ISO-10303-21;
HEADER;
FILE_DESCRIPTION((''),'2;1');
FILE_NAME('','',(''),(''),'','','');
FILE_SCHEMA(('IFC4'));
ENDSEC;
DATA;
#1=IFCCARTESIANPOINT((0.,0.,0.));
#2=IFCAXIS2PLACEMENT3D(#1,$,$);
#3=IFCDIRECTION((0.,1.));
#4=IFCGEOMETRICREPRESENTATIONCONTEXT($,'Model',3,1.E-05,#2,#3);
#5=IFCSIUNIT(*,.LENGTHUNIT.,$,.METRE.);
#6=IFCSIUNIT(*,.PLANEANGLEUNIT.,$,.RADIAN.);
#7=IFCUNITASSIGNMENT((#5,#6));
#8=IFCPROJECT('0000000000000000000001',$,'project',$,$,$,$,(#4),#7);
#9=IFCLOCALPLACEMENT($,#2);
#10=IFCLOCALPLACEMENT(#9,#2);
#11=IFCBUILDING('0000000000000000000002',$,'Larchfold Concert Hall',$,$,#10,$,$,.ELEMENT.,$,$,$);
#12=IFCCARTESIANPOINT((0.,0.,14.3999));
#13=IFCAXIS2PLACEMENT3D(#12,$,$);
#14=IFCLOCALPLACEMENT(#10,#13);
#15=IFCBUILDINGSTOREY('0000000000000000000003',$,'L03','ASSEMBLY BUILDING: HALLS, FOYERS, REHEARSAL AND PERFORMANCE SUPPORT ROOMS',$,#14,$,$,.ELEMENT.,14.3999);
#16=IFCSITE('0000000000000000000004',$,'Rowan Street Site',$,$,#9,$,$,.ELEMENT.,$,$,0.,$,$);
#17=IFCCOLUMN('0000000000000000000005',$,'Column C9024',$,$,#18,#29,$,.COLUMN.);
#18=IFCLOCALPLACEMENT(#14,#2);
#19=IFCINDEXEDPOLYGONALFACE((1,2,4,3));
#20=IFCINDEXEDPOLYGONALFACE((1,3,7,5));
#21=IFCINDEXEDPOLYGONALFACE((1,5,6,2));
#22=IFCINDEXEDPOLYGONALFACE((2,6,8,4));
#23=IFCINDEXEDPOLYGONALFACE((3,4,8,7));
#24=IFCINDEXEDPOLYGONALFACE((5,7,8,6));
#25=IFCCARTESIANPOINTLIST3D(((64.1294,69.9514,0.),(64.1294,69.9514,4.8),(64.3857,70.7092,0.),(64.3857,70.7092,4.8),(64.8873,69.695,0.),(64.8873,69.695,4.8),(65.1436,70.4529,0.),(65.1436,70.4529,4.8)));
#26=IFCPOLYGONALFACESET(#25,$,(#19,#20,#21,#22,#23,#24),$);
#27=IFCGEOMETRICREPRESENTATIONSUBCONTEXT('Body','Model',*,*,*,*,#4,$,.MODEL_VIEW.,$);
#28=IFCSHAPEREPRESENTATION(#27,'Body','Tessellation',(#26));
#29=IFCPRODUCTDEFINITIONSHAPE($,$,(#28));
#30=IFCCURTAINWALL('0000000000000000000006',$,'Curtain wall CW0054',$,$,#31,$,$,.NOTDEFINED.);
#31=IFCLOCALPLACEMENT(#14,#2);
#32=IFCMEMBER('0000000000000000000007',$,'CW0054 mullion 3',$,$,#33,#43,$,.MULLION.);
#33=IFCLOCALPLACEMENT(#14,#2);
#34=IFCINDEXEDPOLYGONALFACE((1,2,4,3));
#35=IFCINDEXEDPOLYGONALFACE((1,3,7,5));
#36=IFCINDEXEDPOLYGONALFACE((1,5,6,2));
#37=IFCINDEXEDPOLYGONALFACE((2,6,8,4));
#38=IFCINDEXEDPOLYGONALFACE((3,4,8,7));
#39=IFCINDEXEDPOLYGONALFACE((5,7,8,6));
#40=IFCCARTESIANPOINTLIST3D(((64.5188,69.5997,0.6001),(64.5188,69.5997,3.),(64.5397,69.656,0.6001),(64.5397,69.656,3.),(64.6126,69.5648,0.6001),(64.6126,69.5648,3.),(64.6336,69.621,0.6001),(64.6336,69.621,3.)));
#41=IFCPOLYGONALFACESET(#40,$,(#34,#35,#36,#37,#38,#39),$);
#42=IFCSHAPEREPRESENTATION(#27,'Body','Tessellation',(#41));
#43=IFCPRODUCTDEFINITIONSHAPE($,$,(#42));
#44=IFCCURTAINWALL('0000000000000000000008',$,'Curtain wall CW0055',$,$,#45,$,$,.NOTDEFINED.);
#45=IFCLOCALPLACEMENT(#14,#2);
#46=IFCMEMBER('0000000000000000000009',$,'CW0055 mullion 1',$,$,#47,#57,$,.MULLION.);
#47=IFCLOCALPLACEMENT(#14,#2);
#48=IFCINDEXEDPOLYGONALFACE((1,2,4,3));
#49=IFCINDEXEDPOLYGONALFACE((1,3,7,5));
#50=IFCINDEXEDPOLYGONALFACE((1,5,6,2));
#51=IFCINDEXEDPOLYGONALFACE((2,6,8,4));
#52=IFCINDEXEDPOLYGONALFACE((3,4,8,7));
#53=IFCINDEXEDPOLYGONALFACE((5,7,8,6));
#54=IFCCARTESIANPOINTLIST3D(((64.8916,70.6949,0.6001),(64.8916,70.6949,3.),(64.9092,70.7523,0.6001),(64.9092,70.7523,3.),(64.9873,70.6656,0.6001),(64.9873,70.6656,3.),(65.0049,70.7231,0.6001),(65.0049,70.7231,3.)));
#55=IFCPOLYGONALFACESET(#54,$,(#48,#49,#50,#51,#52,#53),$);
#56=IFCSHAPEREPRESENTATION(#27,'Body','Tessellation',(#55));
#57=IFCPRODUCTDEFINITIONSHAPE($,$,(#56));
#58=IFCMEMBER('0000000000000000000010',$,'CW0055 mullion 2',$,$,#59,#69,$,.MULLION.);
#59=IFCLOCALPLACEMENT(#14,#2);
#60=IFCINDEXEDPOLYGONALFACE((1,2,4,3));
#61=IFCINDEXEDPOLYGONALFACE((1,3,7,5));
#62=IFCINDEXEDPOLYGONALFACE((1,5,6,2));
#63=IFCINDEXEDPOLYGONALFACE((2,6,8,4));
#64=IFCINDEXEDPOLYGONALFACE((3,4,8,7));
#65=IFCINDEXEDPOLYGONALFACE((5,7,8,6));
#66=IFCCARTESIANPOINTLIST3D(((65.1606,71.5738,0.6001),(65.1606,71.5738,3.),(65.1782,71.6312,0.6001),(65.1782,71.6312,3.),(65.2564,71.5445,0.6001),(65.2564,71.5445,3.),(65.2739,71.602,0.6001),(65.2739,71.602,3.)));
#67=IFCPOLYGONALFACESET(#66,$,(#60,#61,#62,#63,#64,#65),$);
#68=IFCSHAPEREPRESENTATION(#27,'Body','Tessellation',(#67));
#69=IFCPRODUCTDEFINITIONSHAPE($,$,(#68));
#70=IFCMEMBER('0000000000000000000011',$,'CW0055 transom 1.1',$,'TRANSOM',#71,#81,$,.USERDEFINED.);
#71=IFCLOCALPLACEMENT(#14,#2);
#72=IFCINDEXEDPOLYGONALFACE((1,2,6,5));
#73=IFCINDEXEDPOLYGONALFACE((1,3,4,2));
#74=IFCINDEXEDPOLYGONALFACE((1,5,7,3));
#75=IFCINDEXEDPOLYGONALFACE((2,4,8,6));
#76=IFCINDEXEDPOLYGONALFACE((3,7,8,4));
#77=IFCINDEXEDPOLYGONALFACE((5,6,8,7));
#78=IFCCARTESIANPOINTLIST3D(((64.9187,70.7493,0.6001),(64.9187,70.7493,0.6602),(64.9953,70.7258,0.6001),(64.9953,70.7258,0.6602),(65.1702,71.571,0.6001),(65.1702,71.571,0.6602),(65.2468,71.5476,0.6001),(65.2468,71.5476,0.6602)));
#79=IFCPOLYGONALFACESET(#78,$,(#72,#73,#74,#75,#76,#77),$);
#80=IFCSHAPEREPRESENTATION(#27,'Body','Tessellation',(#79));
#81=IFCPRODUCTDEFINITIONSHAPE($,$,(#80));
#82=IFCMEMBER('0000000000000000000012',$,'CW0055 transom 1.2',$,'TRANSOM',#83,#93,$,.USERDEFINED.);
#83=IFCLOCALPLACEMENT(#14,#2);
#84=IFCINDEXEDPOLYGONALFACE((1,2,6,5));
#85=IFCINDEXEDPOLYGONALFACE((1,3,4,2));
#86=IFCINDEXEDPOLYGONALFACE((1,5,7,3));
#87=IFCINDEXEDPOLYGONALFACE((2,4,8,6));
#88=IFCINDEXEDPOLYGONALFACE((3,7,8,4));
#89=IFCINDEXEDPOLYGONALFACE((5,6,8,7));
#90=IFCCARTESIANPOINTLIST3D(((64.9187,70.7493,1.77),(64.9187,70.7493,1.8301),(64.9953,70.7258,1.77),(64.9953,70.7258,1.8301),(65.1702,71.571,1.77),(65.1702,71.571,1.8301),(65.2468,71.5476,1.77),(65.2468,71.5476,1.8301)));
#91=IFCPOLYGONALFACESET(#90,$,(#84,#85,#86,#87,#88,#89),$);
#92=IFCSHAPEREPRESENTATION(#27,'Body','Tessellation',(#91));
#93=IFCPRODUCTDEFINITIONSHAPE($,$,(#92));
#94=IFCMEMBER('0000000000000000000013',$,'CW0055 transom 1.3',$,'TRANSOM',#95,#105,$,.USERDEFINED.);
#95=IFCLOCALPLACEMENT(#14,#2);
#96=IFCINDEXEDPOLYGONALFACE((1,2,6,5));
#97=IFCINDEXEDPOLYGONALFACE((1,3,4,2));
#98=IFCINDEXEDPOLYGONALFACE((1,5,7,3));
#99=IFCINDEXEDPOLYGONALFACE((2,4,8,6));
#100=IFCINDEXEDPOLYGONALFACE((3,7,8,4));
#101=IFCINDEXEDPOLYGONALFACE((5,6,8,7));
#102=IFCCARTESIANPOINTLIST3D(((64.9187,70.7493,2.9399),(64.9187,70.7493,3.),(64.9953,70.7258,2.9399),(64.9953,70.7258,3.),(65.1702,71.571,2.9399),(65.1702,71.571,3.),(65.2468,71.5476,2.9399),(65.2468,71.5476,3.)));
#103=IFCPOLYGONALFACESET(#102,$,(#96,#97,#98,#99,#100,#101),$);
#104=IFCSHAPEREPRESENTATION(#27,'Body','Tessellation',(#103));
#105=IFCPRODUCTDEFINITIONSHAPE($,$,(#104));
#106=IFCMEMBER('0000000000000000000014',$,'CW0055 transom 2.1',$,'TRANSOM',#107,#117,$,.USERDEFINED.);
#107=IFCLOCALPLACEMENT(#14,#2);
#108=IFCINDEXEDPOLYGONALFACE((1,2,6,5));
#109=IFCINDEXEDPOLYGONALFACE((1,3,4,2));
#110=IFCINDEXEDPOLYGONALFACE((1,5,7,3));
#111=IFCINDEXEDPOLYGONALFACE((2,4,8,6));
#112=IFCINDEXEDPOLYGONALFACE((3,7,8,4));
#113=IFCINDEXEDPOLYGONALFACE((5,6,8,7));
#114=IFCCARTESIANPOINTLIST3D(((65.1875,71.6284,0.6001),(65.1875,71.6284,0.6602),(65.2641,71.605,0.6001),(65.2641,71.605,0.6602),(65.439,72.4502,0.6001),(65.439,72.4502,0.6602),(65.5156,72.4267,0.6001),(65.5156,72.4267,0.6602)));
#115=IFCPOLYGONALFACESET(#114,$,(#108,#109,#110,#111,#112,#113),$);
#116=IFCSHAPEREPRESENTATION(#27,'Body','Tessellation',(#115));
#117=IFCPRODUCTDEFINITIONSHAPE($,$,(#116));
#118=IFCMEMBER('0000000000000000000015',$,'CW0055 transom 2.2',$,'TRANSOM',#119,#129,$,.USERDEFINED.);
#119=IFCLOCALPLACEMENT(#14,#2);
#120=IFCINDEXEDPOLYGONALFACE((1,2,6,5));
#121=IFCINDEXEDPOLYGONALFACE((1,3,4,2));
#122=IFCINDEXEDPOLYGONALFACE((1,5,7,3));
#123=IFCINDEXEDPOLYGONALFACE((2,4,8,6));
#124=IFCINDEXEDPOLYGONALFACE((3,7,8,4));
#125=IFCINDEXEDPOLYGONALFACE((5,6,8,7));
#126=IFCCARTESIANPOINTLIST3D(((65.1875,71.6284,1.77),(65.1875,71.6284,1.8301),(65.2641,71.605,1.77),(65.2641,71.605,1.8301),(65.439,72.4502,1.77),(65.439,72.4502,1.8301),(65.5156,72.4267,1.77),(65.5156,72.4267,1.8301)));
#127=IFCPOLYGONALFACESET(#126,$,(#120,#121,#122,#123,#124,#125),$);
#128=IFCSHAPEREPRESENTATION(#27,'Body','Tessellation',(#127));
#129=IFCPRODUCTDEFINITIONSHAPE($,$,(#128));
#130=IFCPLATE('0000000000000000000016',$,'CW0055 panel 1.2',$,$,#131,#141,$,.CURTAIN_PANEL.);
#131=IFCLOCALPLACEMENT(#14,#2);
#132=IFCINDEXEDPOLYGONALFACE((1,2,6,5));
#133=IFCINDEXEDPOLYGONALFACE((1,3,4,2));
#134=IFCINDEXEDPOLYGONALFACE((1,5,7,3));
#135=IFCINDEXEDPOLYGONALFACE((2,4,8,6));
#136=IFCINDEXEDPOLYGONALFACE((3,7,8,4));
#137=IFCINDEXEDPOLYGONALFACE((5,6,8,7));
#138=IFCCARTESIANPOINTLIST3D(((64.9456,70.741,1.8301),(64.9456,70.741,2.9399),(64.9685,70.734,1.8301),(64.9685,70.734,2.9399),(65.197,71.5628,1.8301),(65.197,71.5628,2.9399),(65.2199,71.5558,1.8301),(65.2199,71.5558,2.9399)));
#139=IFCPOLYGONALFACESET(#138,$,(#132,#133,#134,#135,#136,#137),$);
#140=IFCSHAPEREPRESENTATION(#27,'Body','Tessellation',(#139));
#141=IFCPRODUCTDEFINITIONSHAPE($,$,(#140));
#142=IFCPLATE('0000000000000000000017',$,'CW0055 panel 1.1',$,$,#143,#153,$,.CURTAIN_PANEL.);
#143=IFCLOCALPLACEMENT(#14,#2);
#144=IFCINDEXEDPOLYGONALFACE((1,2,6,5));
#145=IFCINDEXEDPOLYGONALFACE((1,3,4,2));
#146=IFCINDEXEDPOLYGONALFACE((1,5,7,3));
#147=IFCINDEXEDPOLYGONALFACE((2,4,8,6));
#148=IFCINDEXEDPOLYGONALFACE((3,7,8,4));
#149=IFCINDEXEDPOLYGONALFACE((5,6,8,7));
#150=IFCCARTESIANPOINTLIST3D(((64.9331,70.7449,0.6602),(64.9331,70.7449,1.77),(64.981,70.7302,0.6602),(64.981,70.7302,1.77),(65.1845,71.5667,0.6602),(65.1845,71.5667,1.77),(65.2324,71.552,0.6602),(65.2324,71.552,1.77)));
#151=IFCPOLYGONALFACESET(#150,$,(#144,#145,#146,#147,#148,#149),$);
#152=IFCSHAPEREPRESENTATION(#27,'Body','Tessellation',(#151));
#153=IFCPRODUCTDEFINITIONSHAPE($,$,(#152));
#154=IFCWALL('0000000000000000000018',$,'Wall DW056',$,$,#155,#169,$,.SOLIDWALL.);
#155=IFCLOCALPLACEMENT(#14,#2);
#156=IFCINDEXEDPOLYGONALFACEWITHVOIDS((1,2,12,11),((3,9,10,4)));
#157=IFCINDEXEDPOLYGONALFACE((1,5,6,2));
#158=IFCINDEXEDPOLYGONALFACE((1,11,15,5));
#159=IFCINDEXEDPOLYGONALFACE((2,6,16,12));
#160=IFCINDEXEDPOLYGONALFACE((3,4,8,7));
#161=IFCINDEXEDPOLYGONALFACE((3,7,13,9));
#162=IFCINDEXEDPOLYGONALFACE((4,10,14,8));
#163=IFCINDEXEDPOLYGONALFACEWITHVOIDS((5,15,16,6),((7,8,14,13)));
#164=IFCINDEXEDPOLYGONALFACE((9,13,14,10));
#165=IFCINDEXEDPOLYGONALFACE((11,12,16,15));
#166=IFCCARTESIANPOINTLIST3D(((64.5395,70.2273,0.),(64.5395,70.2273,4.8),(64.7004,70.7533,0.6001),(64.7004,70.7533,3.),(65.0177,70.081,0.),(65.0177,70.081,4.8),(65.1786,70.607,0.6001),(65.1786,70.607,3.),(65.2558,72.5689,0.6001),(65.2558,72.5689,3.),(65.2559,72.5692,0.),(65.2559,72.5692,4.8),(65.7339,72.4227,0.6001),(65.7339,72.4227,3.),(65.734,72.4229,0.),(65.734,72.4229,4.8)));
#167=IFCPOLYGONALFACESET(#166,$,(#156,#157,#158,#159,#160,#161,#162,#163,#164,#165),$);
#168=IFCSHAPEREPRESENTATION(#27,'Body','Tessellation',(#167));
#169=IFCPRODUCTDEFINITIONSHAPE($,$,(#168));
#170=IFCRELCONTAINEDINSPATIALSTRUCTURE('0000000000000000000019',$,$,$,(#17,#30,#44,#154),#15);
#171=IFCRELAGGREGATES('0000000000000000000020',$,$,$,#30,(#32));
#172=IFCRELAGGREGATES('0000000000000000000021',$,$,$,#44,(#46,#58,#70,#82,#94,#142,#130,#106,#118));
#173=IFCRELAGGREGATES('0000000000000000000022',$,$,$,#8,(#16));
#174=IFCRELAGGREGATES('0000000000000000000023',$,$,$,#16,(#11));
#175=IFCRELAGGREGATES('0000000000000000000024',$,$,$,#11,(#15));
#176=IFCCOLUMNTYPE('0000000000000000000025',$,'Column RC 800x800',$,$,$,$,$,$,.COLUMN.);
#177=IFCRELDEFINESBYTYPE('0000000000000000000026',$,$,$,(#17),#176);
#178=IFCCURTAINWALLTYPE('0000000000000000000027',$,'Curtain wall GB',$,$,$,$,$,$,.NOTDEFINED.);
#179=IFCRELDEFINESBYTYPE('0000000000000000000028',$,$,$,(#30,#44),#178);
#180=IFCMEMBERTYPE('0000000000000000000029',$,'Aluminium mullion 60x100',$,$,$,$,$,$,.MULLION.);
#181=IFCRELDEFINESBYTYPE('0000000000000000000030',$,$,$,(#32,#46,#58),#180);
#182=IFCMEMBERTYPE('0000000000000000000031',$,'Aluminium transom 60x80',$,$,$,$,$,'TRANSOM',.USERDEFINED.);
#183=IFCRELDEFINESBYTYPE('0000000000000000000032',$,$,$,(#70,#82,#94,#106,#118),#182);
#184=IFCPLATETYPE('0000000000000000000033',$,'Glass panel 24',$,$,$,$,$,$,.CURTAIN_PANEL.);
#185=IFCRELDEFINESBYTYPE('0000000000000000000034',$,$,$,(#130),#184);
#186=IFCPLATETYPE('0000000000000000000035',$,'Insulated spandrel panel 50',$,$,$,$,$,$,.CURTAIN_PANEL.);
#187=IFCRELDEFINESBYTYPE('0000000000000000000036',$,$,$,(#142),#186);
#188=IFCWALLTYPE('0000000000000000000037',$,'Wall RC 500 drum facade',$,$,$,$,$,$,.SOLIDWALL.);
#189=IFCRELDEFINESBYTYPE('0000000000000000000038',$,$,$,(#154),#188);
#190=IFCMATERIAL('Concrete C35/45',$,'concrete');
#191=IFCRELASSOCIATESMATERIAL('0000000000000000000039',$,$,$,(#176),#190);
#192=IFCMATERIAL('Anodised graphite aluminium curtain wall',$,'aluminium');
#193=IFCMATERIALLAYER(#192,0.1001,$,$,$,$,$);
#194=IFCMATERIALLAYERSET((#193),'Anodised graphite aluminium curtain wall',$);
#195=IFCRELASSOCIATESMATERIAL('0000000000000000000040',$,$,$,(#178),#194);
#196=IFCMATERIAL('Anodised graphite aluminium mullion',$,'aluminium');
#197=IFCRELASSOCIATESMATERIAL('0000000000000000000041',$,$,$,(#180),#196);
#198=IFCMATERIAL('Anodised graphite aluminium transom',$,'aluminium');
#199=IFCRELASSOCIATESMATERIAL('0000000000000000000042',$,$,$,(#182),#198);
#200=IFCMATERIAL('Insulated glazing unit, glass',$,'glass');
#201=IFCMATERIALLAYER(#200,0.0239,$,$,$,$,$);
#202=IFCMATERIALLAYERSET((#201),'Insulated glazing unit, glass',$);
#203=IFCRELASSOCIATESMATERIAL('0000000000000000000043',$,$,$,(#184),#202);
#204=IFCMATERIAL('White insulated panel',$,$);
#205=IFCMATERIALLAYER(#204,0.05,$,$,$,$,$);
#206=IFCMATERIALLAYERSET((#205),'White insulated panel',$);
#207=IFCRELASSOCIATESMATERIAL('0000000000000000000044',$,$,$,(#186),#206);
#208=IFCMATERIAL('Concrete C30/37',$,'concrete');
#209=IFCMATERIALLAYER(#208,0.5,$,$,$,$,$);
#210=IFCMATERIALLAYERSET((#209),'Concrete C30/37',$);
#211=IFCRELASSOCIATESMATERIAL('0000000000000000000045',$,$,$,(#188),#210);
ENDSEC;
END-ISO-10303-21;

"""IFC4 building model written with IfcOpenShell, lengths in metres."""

from ifc_helpers import new_model, si_unit, direction, frame, frame_2d, origin, origin_2d, place, context, subcontext, project, spatial, rectangle, extrude, material, layer, layer_set, material_profile, profile_set, type_object, element, fill, aggregate, save


model = new_model("IFC4")

# Units and contexts
model_context = context("Model", 3, precision=1e-05, world=origin(), true_north=direction((0.0, 1.0)))
body_context = subcontext(model_context, "Body", "Model", "MODEL_VIEW")
ifc_project = project(units=[si_unit("LENGTHUNIT", "METRE"), si_unit("PLANEANGLEUNIT", "RADIAN")], contexts=[model_context])

# Site, building, storey
site_placement = place(None, origin())
site = spatial("IfcSite", under=ifc_project, at=site_placement, Name="Rowan Street Site", CompositionType="ELEMENT", RefElevation=0.0)
building_placement = place(site_placement, origin())
building = spatial("IfcBuilding", under=site, at=building_placement, Name="Larchfold Concert Hall", CompositionType="ELEMENT")
storey_placement = place(building_placement, frame((0.0, 0.0, 14.3999)))
storey = spatial("IfcBuildingStorey", under=building, at=storey_placement, Name="L03", Description="ASSEMBLY BUILDING: HALLS, FOYERS, REHEARSAL AND PERFORMANCE SUPPORT ROOMS", CompositionType="ELEMENT", Elevation=14.3999)

# Column
ifc_material_1 = material(Name="Concrete C35/45", Category="concrete")
ifc_material_profile_1 = material_profile(ifc_material_1, rectangle(XDim=0.8, YDim=0.8, at=origin_2d()))
ifc_profile_set_1 = profile_set([ifc_material_profile_1], Name="Concrete C35/45")
column_type = type_object("IfcColumnType", Name="Column RC 800x800", PredefinedType="COLUMN", material=ifc_profile_set_1)
column_placement = place(storey_placement, frame((64.6365, 70.2021, 0.0), z_axis=(0.0, 0.0, 1.0), x_axis=(0.320383, 0.947288, 0.0)))
element("IfcColumn", 1, at=column_placement, inside=storey, type_object=column_type, Name="Column C9024", PredefinedType="COLUMN", context=body_context, shape_type="SweptSolid", body=[
    extrude(rectangle(XDim=0.8, YDim=0.8, at=origin_2d()), origin(), (0.0, 0.0, 1.0), 4.8),
])

# Curtain wall, member
ifc_material_2 = material(Name="Anodised graphite aluminium curtain wall", Category="aluminium")
ifc_layer_1 = layer(ifc_material_2, 0.1001)
ifc_layer_set_1 = layer_set([ifc_layer_1], Name="Anodised graphite aluminium curtain wall")
curtain_wall_type = type_object("IfcCurtainWallType", Name="Curtain wall GB", PredefinedType="NOTDEFINED", material=ifc_layer_set_1)
curtain_wall_1_placement = place(storey_placement, origin())
curtain_wall_1 = element("IfcCurtainWall", 2, at=curtain_wall_1_placement, inside=storey, type_object=curtain_wall_type, Name="Curtain wall CW0054", PredefinedType="NOTDEFINED")
ifc_material_3 = material(Name="Anodised graphite aluminium mullion", Category="aluminium")
ifc_material_profile_2 = material_profile(ifc_material_3, rectangle(XDim=0.1001, YDim=0.0601, at=origin_2d()))
ifc_profile_set_2 = profile_set([ifc_material_profile_2], Name="Anodised graphite aluminium mullion")
member_type_1 = type_object("IfcMemberType", Name="Aluminium mullion 60x100", PredefinedType="MULLION", material=ifc_profile_set_2)
member_1_placement = place(storey_placement, frame((64.5762, 69.6104, 0.6001), z_axis=(0.0, 0.0, 1.0), x_axis=(-0.937188, 0.348826, 0.0)))
member_1 = element("IfcMember", 3, at=member_1_placement, type_object=member_type_1, Name="CW0054 mullion 3", PredefinedType="MULLION", context=body_context, shape_type="SweptSolid", body=[
    extrude(rectangle(XDim=0.1001, YDim=0.0601, at=origin_2d()), origin(), (0.0, 0.0, 1.0), 2.3999),
])

# Curtain wall, members
curtain_wall_2_placement = place(storey_placement, origin())
curtain_wall_2 = element("IfcCurtainWall", 4, at=curtain_wall_2_placement, inside=storey, type_object=curtain_wall_type, Name="Curtain wall CW0055", PredefinedType="NOTDEFINED")
member_2_placement = place(storey_placement, frame((64.9482, 70.709, 0.6001), z_axis=(0.0, 0.0, 1.0), x_axis=(-0.956259, 0.292522, 0.0)))
member_2 = element("IfcMember", 5, at=member_2_placement, type_object=member_type_1, Name="CW0055 mullion 1", PredefinedType="MULLION", context=body_context, shape_type="SweptSolid", body=[
    extrude(rectangle(XDim=0.1001, YDim=0.0601, at=origin_2d()), origin(), (0.0, 0.0, 1.0), 2.3999),
])
member_3_placement = place(storey_placement, frame((65.2173, 71.5879, 0.6001), z_axis=(0.0, 0.0, 1.0), x_axis=(-0.956259, 0.292522, 0.0)))
member_3 = element("IfcMember", 6, at=member_3_placement, type_object=member_type_1, Name="CW0055 mullion 2", PredefinedType="MULLION", context=body_context, shape_type="SweptSolid", body=[
    extrude(rectangle(XDim=0.1001, YDim=0.0601, at=origin_2d()), origin(), (0.0, 0.0, 1.0), 2.3999),
])

# Members
ifc_material_4 = material(Name="Anodised graphite aluminium transom", Category="aluminium")
ifc_material_profile_3 = material_profile(ifc_material_4, rectangle(XDim=0.0801, YDim=0.0601, at=origin_2d()))
ifc_profile_set_3 = profile_set([ifc_material_profile_3], Name="Anodised graphite aluminium transom")
member_type_2 = type_object("IfcMemberType", Name="Aluminium transom 60x80", ElementType="TRANSOM", PredefinedType="USERDEFINED", material=ifc_profile_set_3)
member_4_placement = place(storey_placement, frame((64.957, 70.7375, 0.6301), z_axis=(0.292608, 0.956232, 0.0), x_axis=(-0.956232, 0.292608, 0.0)))
member_4 = element("IfcMember", 7, at=member_4_placement, type_object=member_type_2, Name="CW0055 transom 1.1", ObjectType="TRANSOM", PredefinedType="USERDEFINED", context=body_context, shape_type="SweptSolid", body=[
    extrude(rectangle(XDim=0.0801, YDim=0.0601, at=origin_2d()), origin(), (0.0, 0.0, 1.0), 0.8594),
])
member_5_placement = place(storey_placement, frame((64.957, 70.7375, 1.8), z_axis=(0.292608, 0.956232, 0.0), x_axis=(-0.956232, 0.292608, 0.0)))
member_5 = element("IfcMember", 8, at=member_5_placement, type_object=member_type_2, Name="CW0055 transom 1.2", ObjectType="TRANSOM", PredefinedType="USERDEFINED", context=body_context, shape_type="SweptSolid", body=[
    extrude(rectangle(XDim=0.0801, YDim=0.0601, at=origin_2d()), origin(), (0.0, 0.0, 1.0), 0.8594),
])
member_6_placement = place(storey_placement, frame((64.957, 70.7375, 2.97), z_axis=(0.292608, 0.956232, 0.0), x_axis=(-0.956232, 0.292608, 0.0)))
member_6 = element("IfcMember", 9, at=member_6_placement, type_object=member_type_2, Name="CW0055 transom 1.3", ObjectType="TRANSOM", PredefinedType="USERDEFINED", context=body_context, shape_type="SweptSolid", body=[
    extrude(rectangle(XDim=0.0801, YDim=0.0601, at=origin_2d()), origin(), (0.0, 0.0, 1.0), 0.8594),
])
member_7_placement = place(storey_placement, frame((65.2258, 71.6167, 0.6301), z_axis=(0.292608, 0.956232, 0.0), x_axis=(-0.956232, 0.292608, 0.0)))
member_7 = element("IfcMember", 10, at=member_7_placement, type_object=member_type_2, Name="CW0055 transom 2.1", ObjectType="TRANSOM", PredefinedType="USERDEFINED", context=body_context, shape_type="SweptSolid", body=[
    extrude(rectangle(XDim=0.0801, YDim=0.0601, at=origin_2d()), origin(), (0.0, 0.0, 1.0), 0.8594),
])
member_8_placement = place(storey_placement, frame((65.2258, 71.6167, 1.8), z_axis=(0.292608, 0.956232, 0.0), x_axis=(-0.956232, 0.292608, 0.0)))
member_8 = element("IfcMember", 11, at=member_8_placement, type_object=member_type_2, Name="CW0055 transom 2.2", ObjectType="TRANSOM", PredefinedType="USERDEFINED", context=body_context, shape_type="SweptSolid", body=[
    extrude(rectangle(XDim=0.0801, YDim=0.0601, at=origin_2d()), origin(), (0.0, 0.0, 1.0), 0.8594),
])

# Plates
ifc_material_5 = material(Name="Insulated glazing unit, glass", Category="glass")
ifc_layer_2 = layer(ifc_material_5, 0.0239)
ifc_layer_set_2 = layer_set([ifc_layer_2], Name="Insulated glazing unit, glass")
plate_type_1 = type_object("IfcPlateType", Name="Glass panel 24", PredefinedType="CURTAIN_PANEL", material=ifc_layer_set_2)
plate_1_placement = place(storey_placement, frame((65.0828, 71.1484, 1.8301), z_axis=(0.0, 0.0, 1.0), x_axis=(0.292522, 0.956259, 0.0)))
plate_1 = element("IfcPlate", 12, at=plate_1_placement, type_object=plate_type_1, Name="CW0055 panel 1.2", PredefinedType="CURTAIN_PANEL", context=body_context, shape_type="SweptSolid", body=[
    extrude(rectangle(XDim=0.8594, YDim=0.0239, at=origin_2d()), origin(), (0.0, 0.0, 1.0), 1.1099),
])
ifc_material_6 = material(Name="White insulated panel")
ifc_layer_3 = layer(ifc_material_6, 0.05)
ifc_layer_set_3 = layer_set([ifc_layer_3], Name="White insulated panel")
plate_type_2 = type_object("IfcPlateType", Name="Insulated spandrel panel 50", PredefinedType="CURTAIN_PANEL", material=ifc_layer_set_3)
aggregate(curtain_wall_1, [member_1])
plate_2_placement = place(storey_placement, frame((65.0828, 71.1484, 0.6602), z_axis=(0.0, 0.0, 1.0), x_axis=(0.292522, 0.956259, 0.0)))
plate_2 = element("IfcPlate", 13, at=plate_2_placement, type_object=plate_type_2, Name="CW0055 panel 1.1", PredefinedType="CURTAIN_PANEL", context=body_context, shape_type="SweptSolid", body=[
    extrude(rectangle(XDim=0.8594, YDim=0.05, at=origin_2d()), origin(), (0.0, 0.0, 1.0), 1.1099),
])
aggregate(curtain_wall_2, [member_2, member_3, member_4, member_5, member_6, plate_2, plate_1, member_7, member_8])

# Wall, opening
ifc_material_7 = material(Name="Concrete C30/37", Category="concrete")
ifc_layer_4 = layer(ifc_material_7, 0.5)
ifc_layer_set_4 = layer_set([ifc_layer_4], Name="Concrete C30/37")
wall_type = type_object("IfcWallType", Name="Wall RC 500 drum facade", PredefinedType="SOLIDWALL", material=ifc_layer_set_4)
wall_placement = place(storey_placement, frame((64.7786, 70.1541, 0.0), z_axis=(0.0, 0.0, 1.0), x_axis=(0.292502, 0.956265, 0.0)))
wall = element("IfcWall", 14, at=wall_placement, inside=storey, type_object=wall_type, Name="Wall DW056", PredefinedType="SOLIDWALL", context=body_context, shape_type="SweptSolid", body=[
    extrude(rectangle(XDim=2.449, YDim=0.5, at=frame_2d((1.2246, 0.0))), origin(), (0.0, 0.0, 1.0), 4.8),
])
opening_placement = place(wall_placement, frame((0.5503, 0.0, 0.6001)))
opening = element("IfcOpeningElement", 15, at=opening_placement, cuts=wall, PredefinedType="OPENING", context=body_context, shape_type="SweptSolid", body=[
    extrude(rectangle(XDim=1.8987, YDim=2.3999, at=frame_2d((0.9492, 1.2))), frame((0.0, 0.26, 0.0), z_axis=(0.0, -1.0, 0.0), x_axis=(1.0, 0.0, 0.0)), (0.0, 0.0, 1.0), 0.52),
])
fill(opening, curtain_wall_2)

save(model, "model.ifc")
